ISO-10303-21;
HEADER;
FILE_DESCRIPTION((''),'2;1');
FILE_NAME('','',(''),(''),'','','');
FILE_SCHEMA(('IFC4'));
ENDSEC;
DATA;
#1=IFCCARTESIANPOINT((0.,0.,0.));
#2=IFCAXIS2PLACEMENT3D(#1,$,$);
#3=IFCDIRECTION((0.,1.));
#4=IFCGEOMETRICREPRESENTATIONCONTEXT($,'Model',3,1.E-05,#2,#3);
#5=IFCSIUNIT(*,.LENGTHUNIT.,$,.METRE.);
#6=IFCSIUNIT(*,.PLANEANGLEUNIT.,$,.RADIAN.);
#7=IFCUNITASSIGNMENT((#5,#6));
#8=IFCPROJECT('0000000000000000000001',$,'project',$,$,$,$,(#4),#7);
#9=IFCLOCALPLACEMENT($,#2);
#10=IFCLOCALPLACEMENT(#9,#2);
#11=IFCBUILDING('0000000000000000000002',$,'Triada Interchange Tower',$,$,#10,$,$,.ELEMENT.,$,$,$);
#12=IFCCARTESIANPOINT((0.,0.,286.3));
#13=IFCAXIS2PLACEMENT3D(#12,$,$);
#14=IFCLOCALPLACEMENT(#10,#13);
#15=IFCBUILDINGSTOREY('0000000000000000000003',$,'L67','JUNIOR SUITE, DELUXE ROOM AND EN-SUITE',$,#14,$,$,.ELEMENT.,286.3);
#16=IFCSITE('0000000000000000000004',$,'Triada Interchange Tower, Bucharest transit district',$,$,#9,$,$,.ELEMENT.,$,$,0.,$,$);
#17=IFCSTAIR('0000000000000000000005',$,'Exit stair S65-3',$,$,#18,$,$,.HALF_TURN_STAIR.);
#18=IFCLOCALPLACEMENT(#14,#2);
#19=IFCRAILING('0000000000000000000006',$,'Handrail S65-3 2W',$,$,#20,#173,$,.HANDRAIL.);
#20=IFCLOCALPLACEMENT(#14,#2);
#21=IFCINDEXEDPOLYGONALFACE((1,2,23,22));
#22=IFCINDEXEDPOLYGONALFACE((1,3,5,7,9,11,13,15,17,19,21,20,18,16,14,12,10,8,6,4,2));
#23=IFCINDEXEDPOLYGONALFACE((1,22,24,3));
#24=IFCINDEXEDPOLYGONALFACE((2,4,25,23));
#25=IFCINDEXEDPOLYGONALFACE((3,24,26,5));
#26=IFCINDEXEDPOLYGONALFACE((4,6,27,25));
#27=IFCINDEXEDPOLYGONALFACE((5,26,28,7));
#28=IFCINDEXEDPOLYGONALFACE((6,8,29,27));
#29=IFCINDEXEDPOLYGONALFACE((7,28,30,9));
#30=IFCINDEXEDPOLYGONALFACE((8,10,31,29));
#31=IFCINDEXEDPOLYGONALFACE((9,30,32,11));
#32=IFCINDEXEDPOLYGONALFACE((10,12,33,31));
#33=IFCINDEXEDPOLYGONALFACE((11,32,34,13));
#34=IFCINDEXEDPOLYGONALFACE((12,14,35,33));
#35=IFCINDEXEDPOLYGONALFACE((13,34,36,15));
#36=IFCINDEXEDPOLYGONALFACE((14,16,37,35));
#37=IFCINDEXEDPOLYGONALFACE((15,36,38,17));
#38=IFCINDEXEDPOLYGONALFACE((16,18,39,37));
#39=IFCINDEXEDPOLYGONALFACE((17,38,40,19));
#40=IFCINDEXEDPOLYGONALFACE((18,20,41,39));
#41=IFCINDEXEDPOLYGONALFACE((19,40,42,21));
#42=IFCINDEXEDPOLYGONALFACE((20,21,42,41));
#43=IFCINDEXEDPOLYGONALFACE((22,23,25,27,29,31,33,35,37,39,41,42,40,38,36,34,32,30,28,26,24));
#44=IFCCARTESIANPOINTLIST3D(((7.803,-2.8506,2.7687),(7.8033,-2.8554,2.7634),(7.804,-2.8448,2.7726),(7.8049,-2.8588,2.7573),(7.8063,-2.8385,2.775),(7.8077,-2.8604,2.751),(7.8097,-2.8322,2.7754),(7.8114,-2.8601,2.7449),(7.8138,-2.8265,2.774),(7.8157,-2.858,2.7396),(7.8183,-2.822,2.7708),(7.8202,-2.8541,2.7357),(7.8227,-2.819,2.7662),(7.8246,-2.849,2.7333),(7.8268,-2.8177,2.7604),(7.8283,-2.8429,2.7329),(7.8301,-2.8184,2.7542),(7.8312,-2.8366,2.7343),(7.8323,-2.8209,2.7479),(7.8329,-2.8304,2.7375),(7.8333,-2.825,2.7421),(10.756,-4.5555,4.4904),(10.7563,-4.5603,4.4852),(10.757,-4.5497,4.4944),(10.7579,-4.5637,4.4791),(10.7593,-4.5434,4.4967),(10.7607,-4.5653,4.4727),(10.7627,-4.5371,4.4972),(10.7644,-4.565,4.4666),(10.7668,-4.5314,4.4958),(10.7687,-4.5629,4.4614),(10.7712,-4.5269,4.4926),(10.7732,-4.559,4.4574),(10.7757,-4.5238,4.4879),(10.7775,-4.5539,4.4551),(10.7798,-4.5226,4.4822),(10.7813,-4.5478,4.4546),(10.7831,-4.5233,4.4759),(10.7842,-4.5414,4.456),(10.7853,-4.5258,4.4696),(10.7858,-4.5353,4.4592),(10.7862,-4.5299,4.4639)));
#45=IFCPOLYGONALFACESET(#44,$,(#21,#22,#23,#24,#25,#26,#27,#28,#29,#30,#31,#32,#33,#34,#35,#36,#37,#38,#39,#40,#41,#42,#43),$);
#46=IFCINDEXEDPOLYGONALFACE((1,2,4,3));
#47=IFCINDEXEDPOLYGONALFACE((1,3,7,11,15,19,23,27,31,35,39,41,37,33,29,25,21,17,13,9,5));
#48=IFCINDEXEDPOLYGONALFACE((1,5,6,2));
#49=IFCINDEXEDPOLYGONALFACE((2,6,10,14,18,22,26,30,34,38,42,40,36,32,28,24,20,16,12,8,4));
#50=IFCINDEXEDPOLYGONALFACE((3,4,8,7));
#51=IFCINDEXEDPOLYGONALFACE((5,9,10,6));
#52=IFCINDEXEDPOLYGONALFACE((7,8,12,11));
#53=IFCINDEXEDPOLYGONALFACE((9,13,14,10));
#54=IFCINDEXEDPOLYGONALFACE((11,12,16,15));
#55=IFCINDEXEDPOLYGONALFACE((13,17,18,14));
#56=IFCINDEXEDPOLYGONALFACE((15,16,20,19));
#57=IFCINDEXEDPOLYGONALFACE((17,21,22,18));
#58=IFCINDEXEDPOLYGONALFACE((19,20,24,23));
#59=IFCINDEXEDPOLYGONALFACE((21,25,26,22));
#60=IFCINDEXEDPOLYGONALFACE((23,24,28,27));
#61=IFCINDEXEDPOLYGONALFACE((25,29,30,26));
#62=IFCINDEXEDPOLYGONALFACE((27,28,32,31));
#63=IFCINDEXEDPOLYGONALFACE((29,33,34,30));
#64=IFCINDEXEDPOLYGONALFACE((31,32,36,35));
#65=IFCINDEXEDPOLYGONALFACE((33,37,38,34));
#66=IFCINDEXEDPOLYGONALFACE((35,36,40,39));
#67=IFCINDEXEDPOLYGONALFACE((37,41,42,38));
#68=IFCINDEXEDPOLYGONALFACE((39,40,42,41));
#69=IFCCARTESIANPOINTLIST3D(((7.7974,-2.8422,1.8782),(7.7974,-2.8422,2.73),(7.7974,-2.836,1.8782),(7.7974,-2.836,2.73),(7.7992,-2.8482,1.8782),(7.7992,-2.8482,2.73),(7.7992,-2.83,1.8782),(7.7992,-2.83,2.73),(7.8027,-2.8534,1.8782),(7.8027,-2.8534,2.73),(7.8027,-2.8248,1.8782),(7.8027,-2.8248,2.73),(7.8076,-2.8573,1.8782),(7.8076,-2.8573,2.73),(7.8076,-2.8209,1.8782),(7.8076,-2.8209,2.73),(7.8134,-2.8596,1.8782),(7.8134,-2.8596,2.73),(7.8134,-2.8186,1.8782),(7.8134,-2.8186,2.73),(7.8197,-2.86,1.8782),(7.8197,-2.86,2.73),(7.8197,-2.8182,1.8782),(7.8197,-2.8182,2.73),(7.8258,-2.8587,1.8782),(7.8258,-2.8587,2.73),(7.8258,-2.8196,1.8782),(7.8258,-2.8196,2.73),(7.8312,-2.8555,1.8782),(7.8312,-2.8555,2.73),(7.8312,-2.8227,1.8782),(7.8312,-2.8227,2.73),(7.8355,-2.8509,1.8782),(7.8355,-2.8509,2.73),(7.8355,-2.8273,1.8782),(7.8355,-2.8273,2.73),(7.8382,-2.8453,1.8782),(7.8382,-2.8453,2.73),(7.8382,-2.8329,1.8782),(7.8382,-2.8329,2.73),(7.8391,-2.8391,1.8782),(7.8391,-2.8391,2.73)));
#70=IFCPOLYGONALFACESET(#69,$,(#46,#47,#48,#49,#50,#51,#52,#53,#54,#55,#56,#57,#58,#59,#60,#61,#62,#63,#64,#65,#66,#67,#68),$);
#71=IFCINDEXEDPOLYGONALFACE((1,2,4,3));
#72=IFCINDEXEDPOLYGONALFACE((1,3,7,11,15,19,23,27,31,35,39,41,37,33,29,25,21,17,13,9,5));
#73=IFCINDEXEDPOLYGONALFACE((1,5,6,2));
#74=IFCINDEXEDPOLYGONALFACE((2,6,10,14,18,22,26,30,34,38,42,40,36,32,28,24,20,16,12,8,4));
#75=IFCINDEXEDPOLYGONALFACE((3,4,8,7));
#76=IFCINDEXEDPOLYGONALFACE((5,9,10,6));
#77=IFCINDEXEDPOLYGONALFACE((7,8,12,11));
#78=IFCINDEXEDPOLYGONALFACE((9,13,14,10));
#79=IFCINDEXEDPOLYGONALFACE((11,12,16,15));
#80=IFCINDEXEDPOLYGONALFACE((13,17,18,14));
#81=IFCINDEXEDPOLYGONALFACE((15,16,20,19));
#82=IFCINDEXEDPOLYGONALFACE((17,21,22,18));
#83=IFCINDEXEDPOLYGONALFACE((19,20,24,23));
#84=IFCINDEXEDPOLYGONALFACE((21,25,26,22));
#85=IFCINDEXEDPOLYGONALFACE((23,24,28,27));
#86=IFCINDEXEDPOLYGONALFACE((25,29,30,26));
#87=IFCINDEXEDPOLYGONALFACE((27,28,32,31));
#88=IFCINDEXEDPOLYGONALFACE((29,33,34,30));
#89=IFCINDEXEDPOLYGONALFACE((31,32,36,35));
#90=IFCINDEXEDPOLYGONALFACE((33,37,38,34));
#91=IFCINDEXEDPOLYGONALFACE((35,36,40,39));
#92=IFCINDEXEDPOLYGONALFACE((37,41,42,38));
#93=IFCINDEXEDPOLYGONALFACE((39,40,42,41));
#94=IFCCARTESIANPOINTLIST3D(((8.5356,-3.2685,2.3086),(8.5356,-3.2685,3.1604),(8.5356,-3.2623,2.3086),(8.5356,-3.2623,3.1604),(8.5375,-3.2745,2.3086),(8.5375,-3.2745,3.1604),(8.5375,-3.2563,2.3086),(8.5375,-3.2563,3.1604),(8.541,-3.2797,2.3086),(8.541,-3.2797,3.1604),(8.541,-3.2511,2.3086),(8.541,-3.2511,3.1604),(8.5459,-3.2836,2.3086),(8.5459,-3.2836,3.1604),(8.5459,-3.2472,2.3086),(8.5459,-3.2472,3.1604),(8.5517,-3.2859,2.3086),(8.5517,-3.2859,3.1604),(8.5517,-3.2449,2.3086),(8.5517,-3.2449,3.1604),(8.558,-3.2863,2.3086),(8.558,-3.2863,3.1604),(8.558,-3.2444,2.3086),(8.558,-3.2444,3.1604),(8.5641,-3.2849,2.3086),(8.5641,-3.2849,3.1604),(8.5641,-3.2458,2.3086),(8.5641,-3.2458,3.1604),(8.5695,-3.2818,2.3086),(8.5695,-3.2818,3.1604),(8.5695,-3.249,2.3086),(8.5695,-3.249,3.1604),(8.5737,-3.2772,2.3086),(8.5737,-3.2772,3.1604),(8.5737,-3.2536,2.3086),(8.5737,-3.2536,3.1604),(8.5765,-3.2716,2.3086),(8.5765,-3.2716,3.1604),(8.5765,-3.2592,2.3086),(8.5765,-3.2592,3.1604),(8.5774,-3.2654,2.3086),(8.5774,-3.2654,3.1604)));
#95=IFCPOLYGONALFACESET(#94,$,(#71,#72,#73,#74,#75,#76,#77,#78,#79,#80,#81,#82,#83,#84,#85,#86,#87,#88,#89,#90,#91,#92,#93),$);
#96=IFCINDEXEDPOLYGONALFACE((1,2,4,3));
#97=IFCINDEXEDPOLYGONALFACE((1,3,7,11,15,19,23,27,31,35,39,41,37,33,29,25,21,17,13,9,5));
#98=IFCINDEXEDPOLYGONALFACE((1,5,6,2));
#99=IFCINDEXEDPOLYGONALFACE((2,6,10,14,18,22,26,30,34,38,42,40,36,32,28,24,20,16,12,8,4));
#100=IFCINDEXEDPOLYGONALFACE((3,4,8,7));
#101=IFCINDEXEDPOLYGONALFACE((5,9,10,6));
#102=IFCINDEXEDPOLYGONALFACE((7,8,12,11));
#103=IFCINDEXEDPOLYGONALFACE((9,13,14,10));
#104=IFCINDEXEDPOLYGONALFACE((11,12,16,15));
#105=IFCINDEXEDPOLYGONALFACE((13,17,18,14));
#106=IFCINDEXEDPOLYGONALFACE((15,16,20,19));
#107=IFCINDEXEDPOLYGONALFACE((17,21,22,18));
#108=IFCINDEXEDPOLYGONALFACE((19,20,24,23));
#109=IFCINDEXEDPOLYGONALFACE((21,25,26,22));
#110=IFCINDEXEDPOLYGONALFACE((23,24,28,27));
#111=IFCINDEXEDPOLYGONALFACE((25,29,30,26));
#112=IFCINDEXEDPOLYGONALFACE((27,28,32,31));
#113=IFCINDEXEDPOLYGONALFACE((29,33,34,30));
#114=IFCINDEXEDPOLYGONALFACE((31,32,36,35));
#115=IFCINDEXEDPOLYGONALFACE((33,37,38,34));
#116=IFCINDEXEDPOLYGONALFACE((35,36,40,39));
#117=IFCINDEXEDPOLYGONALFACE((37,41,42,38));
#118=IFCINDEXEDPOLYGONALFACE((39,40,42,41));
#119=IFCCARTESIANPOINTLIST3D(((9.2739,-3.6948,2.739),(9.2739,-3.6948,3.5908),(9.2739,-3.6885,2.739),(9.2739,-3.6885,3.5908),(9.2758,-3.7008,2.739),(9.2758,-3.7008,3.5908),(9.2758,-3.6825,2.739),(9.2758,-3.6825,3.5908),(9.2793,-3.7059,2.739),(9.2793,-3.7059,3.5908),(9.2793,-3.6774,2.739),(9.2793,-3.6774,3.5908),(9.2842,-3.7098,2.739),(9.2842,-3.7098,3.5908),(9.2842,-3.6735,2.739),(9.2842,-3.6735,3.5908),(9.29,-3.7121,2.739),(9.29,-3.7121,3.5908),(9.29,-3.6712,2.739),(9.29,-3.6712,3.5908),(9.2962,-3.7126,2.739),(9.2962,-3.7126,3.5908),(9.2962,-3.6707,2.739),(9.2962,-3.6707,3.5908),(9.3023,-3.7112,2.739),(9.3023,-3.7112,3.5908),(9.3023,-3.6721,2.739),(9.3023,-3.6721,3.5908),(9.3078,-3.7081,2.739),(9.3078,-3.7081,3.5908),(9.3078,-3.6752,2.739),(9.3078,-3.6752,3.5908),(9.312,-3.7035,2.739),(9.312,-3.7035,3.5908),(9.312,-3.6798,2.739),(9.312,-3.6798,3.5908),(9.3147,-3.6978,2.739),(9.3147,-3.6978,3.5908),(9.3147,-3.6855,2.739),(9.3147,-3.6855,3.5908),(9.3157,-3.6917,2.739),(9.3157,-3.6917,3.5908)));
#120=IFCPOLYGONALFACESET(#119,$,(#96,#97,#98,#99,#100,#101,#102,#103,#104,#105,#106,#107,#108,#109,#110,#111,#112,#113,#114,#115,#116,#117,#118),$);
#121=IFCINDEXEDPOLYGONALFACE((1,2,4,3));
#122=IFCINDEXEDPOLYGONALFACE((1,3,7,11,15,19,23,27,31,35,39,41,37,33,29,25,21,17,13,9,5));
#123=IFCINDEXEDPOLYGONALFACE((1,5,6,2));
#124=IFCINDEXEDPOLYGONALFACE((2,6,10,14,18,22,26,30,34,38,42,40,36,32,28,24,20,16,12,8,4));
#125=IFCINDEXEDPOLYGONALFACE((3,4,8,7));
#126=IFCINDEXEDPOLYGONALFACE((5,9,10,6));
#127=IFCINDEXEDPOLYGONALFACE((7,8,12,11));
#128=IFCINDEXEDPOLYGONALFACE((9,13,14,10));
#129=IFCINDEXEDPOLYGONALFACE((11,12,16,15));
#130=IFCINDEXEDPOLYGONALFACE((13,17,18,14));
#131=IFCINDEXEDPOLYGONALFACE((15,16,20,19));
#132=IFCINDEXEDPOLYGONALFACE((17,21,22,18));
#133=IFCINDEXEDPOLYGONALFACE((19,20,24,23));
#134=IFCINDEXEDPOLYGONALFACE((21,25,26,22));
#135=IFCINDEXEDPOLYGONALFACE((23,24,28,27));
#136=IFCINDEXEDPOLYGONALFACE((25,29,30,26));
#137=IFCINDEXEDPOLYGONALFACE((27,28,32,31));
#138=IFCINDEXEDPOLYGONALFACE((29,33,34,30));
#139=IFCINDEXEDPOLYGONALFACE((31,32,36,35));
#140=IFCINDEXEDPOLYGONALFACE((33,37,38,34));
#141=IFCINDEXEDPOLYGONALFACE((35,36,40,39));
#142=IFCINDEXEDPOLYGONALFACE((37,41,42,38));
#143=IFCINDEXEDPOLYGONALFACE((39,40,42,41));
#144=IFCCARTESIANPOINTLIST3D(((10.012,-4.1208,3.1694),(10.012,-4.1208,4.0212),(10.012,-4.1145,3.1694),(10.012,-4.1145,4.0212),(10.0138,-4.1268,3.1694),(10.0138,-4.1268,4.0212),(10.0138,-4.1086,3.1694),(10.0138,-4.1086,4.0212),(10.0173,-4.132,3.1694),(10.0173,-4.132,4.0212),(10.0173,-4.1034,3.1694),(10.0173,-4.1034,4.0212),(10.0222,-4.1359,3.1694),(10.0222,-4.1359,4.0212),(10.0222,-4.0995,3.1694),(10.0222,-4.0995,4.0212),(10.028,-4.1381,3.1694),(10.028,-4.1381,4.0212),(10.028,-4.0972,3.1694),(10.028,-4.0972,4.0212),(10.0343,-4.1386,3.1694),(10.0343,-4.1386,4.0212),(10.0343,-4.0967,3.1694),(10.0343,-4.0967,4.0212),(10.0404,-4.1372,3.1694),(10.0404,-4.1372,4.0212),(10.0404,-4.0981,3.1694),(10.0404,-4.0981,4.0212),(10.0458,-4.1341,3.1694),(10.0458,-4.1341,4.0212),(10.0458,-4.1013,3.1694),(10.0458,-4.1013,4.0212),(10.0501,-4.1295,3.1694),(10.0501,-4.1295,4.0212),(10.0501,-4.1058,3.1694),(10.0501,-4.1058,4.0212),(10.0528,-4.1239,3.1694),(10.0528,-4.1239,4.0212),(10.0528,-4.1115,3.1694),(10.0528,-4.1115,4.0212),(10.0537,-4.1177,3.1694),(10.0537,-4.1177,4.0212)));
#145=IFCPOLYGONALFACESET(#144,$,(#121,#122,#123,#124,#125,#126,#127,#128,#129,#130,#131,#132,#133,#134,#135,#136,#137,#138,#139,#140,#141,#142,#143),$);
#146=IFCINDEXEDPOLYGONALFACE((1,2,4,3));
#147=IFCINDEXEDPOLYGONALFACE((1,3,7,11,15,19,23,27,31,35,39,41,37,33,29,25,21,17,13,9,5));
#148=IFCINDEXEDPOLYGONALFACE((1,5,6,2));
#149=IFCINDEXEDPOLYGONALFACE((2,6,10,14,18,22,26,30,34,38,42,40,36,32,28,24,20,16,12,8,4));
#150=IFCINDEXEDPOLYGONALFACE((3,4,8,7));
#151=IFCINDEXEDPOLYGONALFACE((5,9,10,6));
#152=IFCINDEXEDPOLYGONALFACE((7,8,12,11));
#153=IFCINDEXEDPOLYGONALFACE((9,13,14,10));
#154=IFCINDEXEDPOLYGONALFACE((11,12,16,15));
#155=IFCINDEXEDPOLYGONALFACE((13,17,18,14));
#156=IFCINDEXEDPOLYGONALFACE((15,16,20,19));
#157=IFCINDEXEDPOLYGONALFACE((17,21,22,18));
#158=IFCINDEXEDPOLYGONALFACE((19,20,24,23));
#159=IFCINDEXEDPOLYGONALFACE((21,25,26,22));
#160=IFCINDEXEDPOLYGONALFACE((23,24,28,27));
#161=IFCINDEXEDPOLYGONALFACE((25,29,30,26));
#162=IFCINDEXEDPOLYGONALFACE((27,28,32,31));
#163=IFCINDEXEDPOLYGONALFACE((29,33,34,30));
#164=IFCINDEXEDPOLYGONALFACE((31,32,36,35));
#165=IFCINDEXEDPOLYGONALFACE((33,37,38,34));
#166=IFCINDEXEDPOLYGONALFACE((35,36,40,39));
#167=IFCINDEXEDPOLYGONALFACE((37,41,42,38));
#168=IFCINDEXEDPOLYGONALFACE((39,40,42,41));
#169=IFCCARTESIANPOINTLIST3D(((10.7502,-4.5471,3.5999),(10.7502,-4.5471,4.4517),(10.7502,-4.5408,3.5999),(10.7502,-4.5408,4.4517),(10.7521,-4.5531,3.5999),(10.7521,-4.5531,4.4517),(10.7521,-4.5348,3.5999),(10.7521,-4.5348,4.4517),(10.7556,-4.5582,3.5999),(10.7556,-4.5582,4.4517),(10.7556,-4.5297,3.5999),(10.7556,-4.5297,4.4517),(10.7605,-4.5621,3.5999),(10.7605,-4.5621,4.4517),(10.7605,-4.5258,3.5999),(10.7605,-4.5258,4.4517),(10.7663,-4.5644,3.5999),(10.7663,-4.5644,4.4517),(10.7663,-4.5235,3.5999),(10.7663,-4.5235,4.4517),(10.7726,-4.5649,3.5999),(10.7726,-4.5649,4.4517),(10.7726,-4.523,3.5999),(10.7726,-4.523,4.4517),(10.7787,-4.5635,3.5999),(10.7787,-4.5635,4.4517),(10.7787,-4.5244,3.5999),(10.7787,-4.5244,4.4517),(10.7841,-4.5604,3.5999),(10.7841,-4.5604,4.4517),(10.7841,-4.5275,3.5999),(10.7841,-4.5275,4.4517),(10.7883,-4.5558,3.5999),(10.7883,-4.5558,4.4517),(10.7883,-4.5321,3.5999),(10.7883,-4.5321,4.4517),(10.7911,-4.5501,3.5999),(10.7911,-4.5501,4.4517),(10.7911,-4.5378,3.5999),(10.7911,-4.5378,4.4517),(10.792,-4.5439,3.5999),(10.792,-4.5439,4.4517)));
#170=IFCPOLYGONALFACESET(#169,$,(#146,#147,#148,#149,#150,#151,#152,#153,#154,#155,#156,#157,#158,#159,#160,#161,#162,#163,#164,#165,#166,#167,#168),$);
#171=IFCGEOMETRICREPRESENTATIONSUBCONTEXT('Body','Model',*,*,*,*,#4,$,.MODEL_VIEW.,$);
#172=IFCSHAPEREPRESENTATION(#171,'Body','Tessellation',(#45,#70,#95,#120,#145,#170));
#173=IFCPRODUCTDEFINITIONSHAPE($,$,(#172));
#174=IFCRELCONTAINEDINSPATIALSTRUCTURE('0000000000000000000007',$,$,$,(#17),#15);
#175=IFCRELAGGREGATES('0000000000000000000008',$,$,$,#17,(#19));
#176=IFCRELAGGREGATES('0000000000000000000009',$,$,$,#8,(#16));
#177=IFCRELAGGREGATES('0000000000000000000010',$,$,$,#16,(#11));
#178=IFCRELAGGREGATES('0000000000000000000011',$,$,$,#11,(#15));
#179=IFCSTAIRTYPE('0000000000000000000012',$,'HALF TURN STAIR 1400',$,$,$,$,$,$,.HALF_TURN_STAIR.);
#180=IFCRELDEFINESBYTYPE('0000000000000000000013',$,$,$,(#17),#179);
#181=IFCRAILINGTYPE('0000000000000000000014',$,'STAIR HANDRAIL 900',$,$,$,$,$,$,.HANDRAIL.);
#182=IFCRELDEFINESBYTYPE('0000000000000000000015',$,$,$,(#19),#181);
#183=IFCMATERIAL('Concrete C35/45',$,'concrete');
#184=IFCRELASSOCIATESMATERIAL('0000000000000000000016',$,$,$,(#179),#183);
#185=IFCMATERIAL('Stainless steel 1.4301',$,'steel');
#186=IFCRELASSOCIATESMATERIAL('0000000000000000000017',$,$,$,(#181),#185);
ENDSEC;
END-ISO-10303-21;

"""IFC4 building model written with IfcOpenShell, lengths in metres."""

from ifc_helpers import new_model, si_unit, direction, frame, origin, origin_2d, place, context, subcontext, project, spatial, circle, extrude, material, type_object, element, aggregate, save


model = new_model("IFC4")

# Units and contexts
model_context = context("Model", 3, precision=1e-05, world=origin(), true_north=direction((0.0, 1.0)))
body_context = subcontext(model_context, "Body", "Model", "MODEL_VIEW")
ifc_project = project(units=[si_unit("LENGTHUNIT", "METRE"), si_unit("PLANEANGLEUNIT", "RADIAN")], contexts=[model_context])

# Site, building, storey
site_placement = place(None, origin())
site = spatial("IfcSite", under=ifc_project, at=site_placement, Name="Triada Interchange Tower, Bucharest transit district", CompositionType="ELEMENT", RefElevation=0.0)
building_placement = place(site_placement, origin())
building = spatial("IfcBuilding", under=site, at=building_placement, Name="Triada Interchange Tower", CompositionType="ELEMENT")
storey_placement = place(building_placement, frame((0.0, 0.0, 286.3)))
storey = spatial("IfcBuildingStorey", under=building, at=storey_placement, Name="L67", Description="JUNIOR SUITE, DELUXE ROOM AND EN-SUITE", CompositionType="ELEMENT", Elevation=286.3)

# Stair, railing
ifc_material_1 = material(Name="Concrete C35/45", Category="concrete")
stair_type = type_object("IfcStairType", Name="HALF TURN STAIR 1400", PredefinedType="HALF_TURN_STAIR", material=ifc_material_1)
stair_placement = place(storey_placement, origin())
stair = element("IfcStair", 1, at=stair_placement, inside=storey, type_object=stair_type, Name="Exit stair S65-3", PredefinedType="HALF_TURN_STAIR")
ifc_material_2 = material(Name="Stainless steel 1.4301", Category="steel")
railing_type = type_object("IfcRailingType", Name="STAIR HANDRAIL 900", PredefinedType="HANDRAIL", material=ifc_material_2)
railing_1_placement = place(storey_placement, frame((7.8181, -2.8391, 1.8782)))
railing_1 = element("IfcRailing", 2, at=railing_1_placement, type_object=railing_type, Name="Handrail S65-3 2W", PredefinedType="HANDRAIL", context=body_context, shape_type="SweptSolid", body=[
    extrude(circle(Radius=0.0239, at=origin_2d()), frame((0.0, 0.0, 0.876), z_axis=(0.773065, -0.446326, 0.450736), x_axis=(0.499997, 0.866027, 0.0)), (0.0, 0.0, 1.0), 3.8198),
    extrude(circle(Radius=0.021, at=origin_2d()), origin(), (0.0, 0.0, 1.0), 0.8518),
    extrude(circle(Radius=0.021, at=origin_2d()), frame((0.7383, -0.4263, 0.4304)), (0.0, 0.0, 1.0), 0.8518),
    extrude(circle(Radius=0.021, at=origin_2d()), frame((1.4766, -0.8525, 0.8608)), (0.0, 0.0, 1.0), 0.8518),
    extrude(circle(Radius=0.021, at=origin_2d()), frame((2.2146, -1.2786, 1.2913)), (0.0, 0.0, 1.0), 0.8518),
    extrude(circle(Radius=0.021, at=origin_2d()), frame((2.9529, -1.7048, 1.7217)), (0.0, 0.0, 1.0), 0.8518),
])
aggregate(stair, [railing_1])

save(model, "model.ifc")
